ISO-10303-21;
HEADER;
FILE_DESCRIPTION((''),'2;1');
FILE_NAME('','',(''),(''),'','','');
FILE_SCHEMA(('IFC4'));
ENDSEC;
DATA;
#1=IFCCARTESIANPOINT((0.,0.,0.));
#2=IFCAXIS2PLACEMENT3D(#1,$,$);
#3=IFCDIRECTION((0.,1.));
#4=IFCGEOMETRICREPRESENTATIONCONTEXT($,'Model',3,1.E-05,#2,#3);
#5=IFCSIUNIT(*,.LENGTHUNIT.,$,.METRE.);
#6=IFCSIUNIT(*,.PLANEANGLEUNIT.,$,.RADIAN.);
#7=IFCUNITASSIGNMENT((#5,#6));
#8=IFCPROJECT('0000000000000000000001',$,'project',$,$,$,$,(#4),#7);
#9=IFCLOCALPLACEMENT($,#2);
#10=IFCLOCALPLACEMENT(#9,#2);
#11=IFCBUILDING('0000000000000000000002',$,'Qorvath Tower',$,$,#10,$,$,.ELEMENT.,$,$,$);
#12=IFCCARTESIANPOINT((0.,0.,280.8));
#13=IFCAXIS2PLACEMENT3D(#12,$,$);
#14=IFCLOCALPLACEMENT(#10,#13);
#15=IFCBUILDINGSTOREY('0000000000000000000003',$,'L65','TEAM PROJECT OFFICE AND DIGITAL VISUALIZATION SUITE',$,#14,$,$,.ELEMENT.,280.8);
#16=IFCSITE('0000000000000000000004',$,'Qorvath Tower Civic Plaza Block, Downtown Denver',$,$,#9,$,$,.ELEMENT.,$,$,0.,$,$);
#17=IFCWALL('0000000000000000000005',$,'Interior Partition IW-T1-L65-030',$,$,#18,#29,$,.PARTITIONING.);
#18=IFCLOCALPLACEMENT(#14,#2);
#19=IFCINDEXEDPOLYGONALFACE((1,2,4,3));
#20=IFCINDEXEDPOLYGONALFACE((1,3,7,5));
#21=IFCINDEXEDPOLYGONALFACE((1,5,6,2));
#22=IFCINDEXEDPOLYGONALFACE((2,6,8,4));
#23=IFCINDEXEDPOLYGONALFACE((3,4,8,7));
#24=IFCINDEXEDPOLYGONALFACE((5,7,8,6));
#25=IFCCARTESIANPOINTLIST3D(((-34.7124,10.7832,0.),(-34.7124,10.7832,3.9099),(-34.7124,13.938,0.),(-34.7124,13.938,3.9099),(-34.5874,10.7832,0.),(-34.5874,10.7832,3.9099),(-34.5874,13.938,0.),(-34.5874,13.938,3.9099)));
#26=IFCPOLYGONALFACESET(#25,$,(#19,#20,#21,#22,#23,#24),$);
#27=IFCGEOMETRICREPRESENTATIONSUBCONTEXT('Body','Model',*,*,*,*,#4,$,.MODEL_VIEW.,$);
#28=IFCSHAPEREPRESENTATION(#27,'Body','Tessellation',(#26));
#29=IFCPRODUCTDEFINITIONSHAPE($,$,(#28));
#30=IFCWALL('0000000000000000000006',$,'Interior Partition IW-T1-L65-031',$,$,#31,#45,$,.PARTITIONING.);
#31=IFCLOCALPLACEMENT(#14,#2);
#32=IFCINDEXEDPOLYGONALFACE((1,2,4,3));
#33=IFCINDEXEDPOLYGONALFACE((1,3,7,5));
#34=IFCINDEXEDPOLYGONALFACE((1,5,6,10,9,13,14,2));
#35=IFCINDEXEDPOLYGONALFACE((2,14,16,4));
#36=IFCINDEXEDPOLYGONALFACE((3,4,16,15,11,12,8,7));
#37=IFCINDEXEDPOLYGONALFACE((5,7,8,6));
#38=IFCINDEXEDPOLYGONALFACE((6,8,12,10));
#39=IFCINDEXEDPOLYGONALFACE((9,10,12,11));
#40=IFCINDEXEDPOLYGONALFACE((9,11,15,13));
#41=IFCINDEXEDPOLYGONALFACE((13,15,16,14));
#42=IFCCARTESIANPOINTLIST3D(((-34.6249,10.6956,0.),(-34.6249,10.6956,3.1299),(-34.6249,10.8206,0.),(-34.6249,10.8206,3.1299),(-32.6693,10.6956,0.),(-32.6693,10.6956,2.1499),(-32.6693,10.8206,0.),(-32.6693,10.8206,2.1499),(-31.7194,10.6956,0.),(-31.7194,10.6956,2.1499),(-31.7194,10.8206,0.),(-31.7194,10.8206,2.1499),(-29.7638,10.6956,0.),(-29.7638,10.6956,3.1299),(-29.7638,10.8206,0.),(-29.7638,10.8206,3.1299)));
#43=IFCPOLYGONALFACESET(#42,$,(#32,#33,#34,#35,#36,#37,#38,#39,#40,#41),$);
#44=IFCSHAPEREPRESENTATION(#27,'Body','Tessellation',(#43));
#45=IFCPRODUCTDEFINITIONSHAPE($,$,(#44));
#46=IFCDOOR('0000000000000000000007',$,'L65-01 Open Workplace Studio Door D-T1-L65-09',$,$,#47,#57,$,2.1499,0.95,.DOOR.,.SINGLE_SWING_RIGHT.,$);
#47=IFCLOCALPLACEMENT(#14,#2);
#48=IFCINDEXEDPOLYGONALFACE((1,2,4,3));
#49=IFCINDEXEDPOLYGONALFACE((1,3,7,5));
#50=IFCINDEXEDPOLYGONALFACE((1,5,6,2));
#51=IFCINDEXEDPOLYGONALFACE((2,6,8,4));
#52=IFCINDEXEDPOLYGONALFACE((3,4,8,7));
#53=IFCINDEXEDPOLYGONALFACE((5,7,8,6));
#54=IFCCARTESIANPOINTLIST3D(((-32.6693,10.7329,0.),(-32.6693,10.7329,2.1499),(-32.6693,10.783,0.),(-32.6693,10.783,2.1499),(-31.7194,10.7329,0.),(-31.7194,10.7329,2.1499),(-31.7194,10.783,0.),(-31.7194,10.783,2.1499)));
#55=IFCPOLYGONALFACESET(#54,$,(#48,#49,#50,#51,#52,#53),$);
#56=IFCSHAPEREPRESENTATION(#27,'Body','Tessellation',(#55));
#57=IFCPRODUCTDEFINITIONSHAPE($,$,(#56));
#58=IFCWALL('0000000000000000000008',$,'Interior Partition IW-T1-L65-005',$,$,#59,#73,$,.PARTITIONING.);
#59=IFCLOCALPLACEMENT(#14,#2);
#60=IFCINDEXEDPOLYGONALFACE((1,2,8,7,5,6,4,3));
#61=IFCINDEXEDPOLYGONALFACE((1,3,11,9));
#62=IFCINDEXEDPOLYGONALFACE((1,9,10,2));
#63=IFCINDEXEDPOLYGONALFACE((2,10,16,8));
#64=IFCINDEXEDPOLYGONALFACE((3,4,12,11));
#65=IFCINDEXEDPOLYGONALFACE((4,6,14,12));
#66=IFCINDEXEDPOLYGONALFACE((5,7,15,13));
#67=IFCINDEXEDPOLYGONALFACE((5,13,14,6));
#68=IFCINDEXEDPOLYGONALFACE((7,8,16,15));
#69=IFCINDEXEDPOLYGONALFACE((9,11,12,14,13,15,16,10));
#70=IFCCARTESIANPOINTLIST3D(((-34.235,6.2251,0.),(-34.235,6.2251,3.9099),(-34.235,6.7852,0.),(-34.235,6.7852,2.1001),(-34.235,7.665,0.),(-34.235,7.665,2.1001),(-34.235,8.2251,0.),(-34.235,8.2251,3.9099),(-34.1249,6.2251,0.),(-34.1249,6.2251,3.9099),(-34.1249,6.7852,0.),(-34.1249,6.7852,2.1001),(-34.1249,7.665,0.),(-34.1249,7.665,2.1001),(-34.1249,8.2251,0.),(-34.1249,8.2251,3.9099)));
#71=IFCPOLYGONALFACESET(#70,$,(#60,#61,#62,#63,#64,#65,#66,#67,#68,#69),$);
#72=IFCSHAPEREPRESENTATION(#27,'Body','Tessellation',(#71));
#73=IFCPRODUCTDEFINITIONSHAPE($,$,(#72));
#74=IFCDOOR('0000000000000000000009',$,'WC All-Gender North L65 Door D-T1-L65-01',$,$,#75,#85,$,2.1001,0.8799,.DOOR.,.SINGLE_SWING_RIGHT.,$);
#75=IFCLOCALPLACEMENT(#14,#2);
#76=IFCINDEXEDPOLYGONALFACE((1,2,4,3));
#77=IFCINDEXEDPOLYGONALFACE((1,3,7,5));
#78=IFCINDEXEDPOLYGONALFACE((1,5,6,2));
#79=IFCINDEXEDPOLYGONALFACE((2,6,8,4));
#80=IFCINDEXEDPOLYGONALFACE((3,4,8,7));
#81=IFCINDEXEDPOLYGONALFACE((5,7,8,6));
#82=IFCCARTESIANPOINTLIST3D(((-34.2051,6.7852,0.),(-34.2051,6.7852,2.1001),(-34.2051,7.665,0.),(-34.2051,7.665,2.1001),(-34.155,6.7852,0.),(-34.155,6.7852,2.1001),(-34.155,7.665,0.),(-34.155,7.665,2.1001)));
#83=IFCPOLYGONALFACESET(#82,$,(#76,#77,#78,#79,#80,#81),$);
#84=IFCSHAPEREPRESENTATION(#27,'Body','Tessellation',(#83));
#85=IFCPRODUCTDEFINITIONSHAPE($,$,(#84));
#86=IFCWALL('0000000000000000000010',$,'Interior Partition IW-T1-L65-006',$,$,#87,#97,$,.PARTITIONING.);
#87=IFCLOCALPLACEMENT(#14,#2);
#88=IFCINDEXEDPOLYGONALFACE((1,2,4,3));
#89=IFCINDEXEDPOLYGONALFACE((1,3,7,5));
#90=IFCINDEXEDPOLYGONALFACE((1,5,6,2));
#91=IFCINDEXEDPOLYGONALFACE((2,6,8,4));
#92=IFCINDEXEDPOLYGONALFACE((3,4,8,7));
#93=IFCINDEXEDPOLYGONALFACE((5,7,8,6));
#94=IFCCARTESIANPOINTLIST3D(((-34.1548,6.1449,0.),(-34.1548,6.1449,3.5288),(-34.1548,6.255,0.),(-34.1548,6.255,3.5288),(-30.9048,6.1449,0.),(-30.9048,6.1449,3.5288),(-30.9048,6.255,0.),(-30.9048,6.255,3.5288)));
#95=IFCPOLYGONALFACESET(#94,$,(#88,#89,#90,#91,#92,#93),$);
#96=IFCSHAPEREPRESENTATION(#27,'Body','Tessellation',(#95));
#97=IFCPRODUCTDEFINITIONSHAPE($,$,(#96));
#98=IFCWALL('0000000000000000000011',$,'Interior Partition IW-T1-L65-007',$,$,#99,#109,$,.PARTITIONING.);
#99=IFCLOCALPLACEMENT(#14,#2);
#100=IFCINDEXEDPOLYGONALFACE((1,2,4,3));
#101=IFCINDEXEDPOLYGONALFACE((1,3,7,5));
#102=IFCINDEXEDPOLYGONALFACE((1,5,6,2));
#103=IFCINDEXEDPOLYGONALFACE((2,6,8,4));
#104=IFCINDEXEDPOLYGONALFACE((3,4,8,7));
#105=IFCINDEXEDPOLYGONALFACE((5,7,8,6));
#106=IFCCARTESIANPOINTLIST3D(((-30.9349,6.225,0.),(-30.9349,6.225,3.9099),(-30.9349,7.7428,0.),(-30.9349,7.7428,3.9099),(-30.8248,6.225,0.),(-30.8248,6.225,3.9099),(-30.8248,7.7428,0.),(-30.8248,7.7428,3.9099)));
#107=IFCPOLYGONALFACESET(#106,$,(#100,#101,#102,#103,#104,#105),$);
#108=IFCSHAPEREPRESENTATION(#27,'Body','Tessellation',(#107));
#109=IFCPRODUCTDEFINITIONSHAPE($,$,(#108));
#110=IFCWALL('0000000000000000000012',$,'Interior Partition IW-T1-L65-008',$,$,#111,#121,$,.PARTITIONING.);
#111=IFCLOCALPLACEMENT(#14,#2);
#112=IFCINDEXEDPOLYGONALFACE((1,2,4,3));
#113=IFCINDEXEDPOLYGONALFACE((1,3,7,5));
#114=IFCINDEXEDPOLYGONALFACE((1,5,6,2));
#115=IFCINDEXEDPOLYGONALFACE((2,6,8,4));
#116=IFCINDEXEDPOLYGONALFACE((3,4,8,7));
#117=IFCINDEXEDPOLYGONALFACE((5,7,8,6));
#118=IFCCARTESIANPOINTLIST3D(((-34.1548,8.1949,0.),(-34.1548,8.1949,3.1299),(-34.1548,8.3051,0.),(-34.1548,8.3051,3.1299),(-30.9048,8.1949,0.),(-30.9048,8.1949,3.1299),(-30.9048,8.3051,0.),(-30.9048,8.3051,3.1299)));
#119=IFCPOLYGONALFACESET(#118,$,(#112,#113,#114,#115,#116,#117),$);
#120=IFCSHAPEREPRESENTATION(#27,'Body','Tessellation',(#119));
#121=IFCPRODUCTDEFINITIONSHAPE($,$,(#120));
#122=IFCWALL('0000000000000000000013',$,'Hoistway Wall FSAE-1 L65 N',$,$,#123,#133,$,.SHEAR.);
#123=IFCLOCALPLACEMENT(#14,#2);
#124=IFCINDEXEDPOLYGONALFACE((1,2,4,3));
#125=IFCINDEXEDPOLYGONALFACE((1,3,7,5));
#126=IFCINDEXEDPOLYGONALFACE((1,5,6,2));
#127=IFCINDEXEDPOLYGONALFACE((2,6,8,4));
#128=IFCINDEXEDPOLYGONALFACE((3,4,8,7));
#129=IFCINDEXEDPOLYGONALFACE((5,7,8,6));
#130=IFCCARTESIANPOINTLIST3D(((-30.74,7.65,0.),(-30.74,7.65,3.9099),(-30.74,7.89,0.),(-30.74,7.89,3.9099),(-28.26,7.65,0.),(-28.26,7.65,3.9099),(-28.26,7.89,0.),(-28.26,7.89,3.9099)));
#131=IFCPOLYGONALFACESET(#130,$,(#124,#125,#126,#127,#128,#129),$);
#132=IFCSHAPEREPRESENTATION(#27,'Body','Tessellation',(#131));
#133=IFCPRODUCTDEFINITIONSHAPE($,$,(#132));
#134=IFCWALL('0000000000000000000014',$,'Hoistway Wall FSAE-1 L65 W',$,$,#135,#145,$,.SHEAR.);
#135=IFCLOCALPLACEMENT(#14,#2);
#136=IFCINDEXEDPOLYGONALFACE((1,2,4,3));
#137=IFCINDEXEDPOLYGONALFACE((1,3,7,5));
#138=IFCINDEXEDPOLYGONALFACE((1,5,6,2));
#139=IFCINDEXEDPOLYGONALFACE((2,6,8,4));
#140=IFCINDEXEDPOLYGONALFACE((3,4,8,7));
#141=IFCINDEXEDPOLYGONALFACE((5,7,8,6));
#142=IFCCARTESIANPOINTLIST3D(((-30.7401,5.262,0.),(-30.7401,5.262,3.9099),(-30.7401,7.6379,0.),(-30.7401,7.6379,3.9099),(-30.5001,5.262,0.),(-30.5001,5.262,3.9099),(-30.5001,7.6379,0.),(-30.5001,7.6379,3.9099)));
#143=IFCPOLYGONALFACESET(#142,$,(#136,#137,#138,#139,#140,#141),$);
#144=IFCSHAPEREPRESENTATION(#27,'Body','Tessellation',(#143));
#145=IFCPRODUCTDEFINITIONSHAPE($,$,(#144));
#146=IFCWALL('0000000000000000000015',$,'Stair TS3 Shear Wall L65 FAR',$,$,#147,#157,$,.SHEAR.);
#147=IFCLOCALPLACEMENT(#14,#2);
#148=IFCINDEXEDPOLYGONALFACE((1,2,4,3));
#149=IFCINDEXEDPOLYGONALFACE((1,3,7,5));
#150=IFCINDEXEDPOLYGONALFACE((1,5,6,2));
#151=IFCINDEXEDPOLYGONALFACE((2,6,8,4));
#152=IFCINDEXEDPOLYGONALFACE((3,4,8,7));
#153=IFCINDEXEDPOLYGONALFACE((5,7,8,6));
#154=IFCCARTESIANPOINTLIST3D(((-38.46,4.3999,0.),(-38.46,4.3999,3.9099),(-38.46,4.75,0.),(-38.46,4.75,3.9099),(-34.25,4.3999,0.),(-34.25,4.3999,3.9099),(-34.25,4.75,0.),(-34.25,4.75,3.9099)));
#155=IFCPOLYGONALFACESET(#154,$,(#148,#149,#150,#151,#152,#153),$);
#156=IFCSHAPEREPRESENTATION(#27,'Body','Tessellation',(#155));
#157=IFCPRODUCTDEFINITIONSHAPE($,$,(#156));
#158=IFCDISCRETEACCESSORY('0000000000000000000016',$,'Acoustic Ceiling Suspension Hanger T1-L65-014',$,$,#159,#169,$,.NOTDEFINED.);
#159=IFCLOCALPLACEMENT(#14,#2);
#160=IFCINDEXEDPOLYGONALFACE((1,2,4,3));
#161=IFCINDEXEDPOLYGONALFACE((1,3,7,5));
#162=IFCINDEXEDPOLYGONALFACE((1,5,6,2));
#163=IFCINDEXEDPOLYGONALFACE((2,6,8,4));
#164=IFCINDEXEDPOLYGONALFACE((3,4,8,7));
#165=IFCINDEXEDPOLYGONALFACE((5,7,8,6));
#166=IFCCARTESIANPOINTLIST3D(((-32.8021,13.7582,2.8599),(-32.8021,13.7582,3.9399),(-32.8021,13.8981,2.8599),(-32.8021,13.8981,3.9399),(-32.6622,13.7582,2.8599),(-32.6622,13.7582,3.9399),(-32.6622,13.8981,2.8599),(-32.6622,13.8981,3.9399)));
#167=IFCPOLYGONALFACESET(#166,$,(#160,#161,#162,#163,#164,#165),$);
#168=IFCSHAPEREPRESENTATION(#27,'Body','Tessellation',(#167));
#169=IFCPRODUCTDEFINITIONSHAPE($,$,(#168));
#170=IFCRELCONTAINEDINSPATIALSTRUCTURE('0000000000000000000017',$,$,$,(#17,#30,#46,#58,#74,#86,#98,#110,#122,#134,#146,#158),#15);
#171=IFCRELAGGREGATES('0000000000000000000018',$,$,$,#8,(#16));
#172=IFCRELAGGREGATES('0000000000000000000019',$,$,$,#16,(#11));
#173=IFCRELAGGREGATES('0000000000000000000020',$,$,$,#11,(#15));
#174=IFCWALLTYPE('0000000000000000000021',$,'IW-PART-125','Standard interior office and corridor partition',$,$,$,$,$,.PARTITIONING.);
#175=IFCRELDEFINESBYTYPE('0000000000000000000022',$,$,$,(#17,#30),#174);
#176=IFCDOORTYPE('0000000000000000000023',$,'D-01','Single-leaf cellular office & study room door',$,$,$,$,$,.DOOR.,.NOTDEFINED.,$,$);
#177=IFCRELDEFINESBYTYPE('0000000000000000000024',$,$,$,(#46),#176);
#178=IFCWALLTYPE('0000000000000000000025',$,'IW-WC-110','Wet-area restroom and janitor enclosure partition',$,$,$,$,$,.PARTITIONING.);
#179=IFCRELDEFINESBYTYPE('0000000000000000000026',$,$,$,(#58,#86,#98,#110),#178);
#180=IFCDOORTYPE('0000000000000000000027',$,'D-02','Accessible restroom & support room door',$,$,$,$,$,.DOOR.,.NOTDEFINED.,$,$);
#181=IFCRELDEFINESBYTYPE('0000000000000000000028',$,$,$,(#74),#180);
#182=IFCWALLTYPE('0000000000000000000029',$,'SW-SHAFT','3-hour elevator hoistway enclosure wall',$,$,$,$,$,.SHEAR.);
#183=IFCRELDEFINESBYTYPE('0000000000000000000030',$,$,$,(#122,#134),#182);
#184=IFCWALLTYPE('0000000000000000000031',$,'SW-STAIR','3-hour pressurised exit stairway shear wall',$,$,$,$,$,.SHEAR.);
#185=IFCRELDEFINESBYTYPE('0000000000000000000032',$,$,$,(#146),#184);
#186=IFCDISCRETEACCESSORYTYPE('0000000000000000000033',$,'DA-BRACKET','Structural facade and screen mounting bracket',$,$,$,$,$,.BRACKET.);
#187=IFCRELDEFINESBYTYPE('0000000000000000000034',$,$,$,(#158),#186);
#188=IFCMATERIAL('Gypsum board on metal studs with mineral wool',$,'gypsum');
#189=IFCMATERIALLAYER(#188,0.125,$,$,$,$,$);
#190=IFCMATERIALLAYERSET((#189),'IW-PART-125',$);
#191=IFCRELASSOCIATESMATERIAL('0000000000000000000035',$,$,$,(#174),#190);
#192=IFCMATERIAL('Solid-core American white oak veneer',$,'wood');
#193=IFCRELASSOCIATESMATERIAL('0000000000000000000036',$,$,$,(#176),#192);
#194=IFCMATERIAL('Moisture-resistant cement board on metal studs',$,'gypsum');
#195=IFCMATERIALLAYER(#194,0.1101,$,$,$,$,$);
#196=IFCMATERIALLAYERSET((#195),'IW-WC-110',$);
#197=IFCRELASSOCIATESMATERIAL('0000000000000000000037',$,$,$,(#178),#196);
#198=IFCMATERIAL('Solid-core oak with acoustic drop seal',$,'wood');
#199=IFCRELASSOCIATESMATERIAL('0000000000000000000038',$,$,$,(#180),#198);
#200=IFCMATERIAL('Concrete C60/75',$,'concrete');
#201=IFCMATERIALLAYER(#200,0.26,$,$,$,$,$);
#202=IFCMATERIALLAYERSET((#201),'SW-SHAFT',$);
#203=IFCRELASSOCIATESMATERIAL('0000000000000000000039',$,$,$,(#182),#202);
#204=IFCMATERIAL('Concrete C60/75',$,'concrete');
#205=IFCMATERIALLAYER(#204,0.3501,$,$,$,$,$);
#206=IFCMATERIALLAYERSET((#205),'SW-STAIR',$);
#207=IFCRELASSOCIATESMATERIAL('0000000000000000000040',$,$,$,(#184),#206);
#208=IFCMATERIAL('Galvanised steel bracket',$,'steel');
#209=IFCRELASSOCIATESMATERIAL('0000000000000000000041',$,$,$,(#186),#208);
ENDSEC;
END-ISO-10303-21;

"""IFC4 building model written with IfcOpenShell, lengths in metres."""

from ifc_helpers import new_model, si_unit, direction, frame, frame_2d, origin, origin_2d, place, context, subcontext, project, spatial, rectangle, extrude, material, layer, layer_set, type_object, element, fill, save


model = new_model("IFC4")

# Units and contexts
model_context = context("Model", 3, precision=1e-05, world=origin(), true_north=direction((0.0, 1.0)))
body_context = subcontext(model_context, "Body", "Model", "MODEL_VIEW")
ifc_project = project(units=[si_unit("LENGTHUNIT", "METRE"), si_unit("PLANEANGLEUNIT", "RADIAN")], contexts=[model_context])

# Site, building, storey
site_placement = place(None, origin())
site = spatial("IfcSite", under=ifc_project, at=site_placement, Name="Qorvath Tower Civic Plaza Block, Downtown Denver", CompositionType="ELEMENT", RefElevation=0.0)
building_placement = place(site_placement, origin())
building = spatial("IfcBuilding", under=site, at=building_placement, Name="Qorvath Tower", CompositionType="ELEMENT")
storey_placement = place(building_placement, frame((0.0, 0.0, 280.8)))
storey = spatial("IfcBuildingStorey", under=building, at=storey_placement, Name="L65", Description="TEAM PROJECT OFFICE AND DIGITAL VISUALIZATION SUITE", CompositionType="ELEMENT", Elevation=280.8)

# Wall
ifc_material_1 = material(Name="Gypsum board on metal studs with mineral wool", Category="gypsum")
ifc_layer_1 = layer(ifc_material_1, 0.125)
ifc_layer_set_1 = layer_set([ifc_layer_1], Name="IW-PART-125")
wall_type_1 = type_object("IfcWallType", Name="IW-PART-125", Description="Standard interior office and corridor partition", PredefinedType="PARTITIONING", material=ifc_layer_set_1)
wall_1_placement = place(storey_placement, frame((-34.6499, 13.938, 0.0), z_axis=(0.0, 0.0, 1.0), x_axis=(0.0, -1.0, 0.0)))
element("IfcWall", 1, at=wall_1_placement, inside=storey, type_object=wall_type_1, Name="Interior Partition IW-T1-L65-030", PredefinedType="PARTITIONING", context=body_context, shape_type="SweptSolid", body=[
    extrude(rectangle(XDim=3.1548, YDim=0.125, at=frame_2d((1.5774, 0.0))), origin(), (0.0, 0.0, 1.0), 3.9099),
])

# Walls, openings, doors
wall_2_placement = place(storey_placement, frame((-34.625, 10.7581, 0.0), z_axis=(0.0, 0.0, 1.0), x_axis=(1.0, 0.0, 0.0)))
wall_2 = element("IfcWall", 2, at=wall_2_placement, inside=storey, type_object=wall_type_1, Name="Interior Partition IW-T1-L65-031", PredefinedType="PARTITIONING", context=body_context, shape_type="SweptSolid", body=[
    extrude(rectangle(XDim=4.8611, YDim=0.125, at=frame_2d((2.4307, 0.0))), origin(), (0.0, 0.0, 1.0), 3.1299),
])
opening_1_placement = place(wall_2_placement, frame((1.9556, 0.0, 0.0)))
opening_1 = element("IfcOpeningElement", 3, at=opening_1_placement, cuts=wall_2, PredefinedType="OPENING", context=body_context, shape_type="SweptSolid", body=[
    extrude(rectangle(XDim=0.95, YDim=2.1499, at=frame_2d((0.4751, 1.075))), frame((0.0, 0.0725, 0.0), z_axis=(0.0, -1.0, 0.0), x_axis=(1.0, 0.0, 0.0)), (0.0, 0.0, 1.0), 0.145),
])
ifc_material_2 = material(Name="Solid-core American white oak veneer", Category="wood")
door_type_1 = type_object("IfcDoorType", Name="D-01", Description="Single-leaf cellular office & study room door", OperationType="NOTDEFINED", PredefinedType="DOOR", material=ifc_material_2)
door_1_placement = place(opening_1_placement, origin())
door_1 = element("IfcDoor", 4, at=door_1_placement, inside=storey, type_object=door_type_1, Name="L65-01 Open Workplace Studio Door D-T1-L65-09", OperationType="SINGLE_SWING_RIGHT", OverallHeight=2.1499, OverallWidth=0.95, PredefinedType="DOOR", context=body_context, shape_type="SweptSolid", body=[
    extrude(rectangle(XDim=0.95, YDim=2.1499, at=frame_2d((0.4751, 1.075))), frame((0.0, 0.0249, 0.0), z_axis=(0.0, -1.0, 0.0), x_axis=(1.0, 0.0, 0.0)), (0.0, 0.0, 1.0), 0.05),
])
fill(opening_1, door_1)
ifc_material_3 = material(Name="Moisture-resistant cement board on metal studs", Category="gypsum")
ifc_layer_2 = layer(ifc_material_3, 0.1101)
ifc_layer_set_2 = layer_set([ifc_layer_2], Name="IW-WC-110")
wall_type_2 = type_object("IfcWallType", Name="IW-WC-110", Description="Wet-area restroom and janitor enclosure partition", PredefinedType="PARTITIONING", material=ifc_layer_set_2)
wall_3_placement = place(storey_placement, frame((-34.1799, 8.2251, 0.0), z_axis=(0.0, 0.0, 1.0), x_axis=(0.0, -1.0, 0.0)))
wall_3 = element("IfcWall", 5, at=wall_3_placement, inside=storey, type_object=wall_type_2, Name="Interior Partition IW-T1-L65-005", PredefinedType="PARTITIONING", context=body_context, shape_type="SweptSolid", body=[
    extrude(rectangle(XDim=2.0, YDim=0.1101, at=frame_2d((1.0, 0.0))), origin(), (0.0, 0.0, 1.0), 3.9099),
])
opening_2_placement = place(wall_3_placement, frame((0.5601, 0.0, 0.0)))
opening_2 = element("IfcOpeningElement", 6, at=opening_2_placement, cuts=wall_3, PredefinedType="OPENING", context=body_context, shape_type="SweptSolid", body=[
    extrude(rectangle(XDim=0.8799, YDim=2.1001, at=frame_2d((0.4399, 1.05))), frame((0.0, 0.0649, 0.0), z_axis=(0.0, -1.0, 0.0), x_axis=(1.0, 0.0, 0.0)), (0.0, 0.0, 1.0), 0.1301),
])
ifc_material_4 = material(Name="Solid-core oak with acoustic drop seal", Category="wood")
door_type_2 = type_object("IfcDoorType", Name="D-02", Description="Accessible restroom & support room door", OperationType="NOTDEFINED", PredefinedType="DOOR", material=ifc_material_4)
door_2_placement = place(opening_2_placement, origin())
door_2 = element("IfcDoor", 7, at=door_2_placement, inside=storey, type_object=door_type_2, Name="WC All-Gender North L65 Door D-T1-L65-01", OperationType="SINGLE_SWING_RIGHT", OverallHeight=2.1001, OverallWidth=0.8799, PredefinedType="DOOR", context=body_context, shape_type="SweptSolid", body=[
    extrude(rectangle(XDim=0.8799, YDim=2.1001, at=frame_2d((0.4399, 1.05))), frame((0.0, 0.0249, 0.0), z_axis=(0.0, -1.0, 0.0), x_axis=(1.0, 0.0, 0.0)), (0.0, 0.0, 1.0), 0.05),
])
fill(opening_2, door_2)

# Walls
wall_4_placement = place(storey_placement, frame((-34.1548, 6.2, 0.0), z_axis=(0.0, 0.0, 1.0), x_axis=(1.0, 0.0, 0.0)))
element("IfcWall", 8, at=wall_4_placement, inside=storey, type_object=wall_type_2, Name="Interior Partition IW-T1-L65-006", PredefinedType="PARTITIONING", context=body_context, shape_type="SweptSolid", body=[
    extrude(rectangle(XDim=3.25, YDim=0.1101, at=frame_2d((1.625, 0.0))), origin(), (0.0, 0.0, 1.0), 3.5288),
])
wall_5_placement = place(storey_placement, frame((-30.8799, 6.2251, 0.0), z_axis=(0.0, 0.0, 1.0), x_axis=(0.0, 1.0, 0.0)))
element("IfcWall", 9, at=wall_5_placement, inside=storey, type_object=wall_type_2, Name="Interior Partition IW-T1-L65-007", PredefinedType="PARTITIONING", context=body_context, shape_type="SweptSolid", body=[
    extrude(rectangle(XDim=1.5178, YDim=0.1101, at=frame_2d((0.7588, 0.0))), origin(), (0.0, 0.0, 1.0), 3.9099),
])
wall_6_placement = place(storey_placement, frame((-30.9048, 8.25, 0.0), z_axis=(0.0, 0.0, 1.0), x_axis=(-1.0, 0.0, 0.0)))
element("IfcWall", 10, at=wall_6_placement, inside=storey, type_object=wall_type_2, Name="Interior Partition IW-T1-L65-008", PredefinedType="PARTITIONING", context=body_context, shape_type="SweptSolid", body=[
    extrude(rectangle(XDim=3.25, YDim=0.1101, at=frame_2d((1.625, 0.0))), origin(), (0.0, 0.0, 1.0), 3.1299),
])
ifc_material_5 = material(Name="Concrete C60/75", Category="concrete")
ifc_layer_3 = layer(ifc_material_5, 0.26)
ifc_layer_set_3 = layer_set([ifc_layer_3], Name="SW-SHAFT")
wall_type_3 = type_object("IfcWallType", Name="SW-SHAFT", Description="3-hour elevator hoistway enclosure wall", PredefinedType="SHEAR", material=ifc_layer_set_3)
wall_7_placement = place(storey_placement, frame((-30.74, 7.77, 0.0), z_axis=(0.0, 0.0, 1.0), x_axis=(1.0, 0.0, 0.0)))
element("IfcWall", 11, at=wall_7_placement, inside=storey, type_object=wall_type_3, Name="Hoistway Wall FSAE-1 L65 N", PredefinedType="SHEAR", context=body_context, shape_type="SweptSolid", body=[
    extrude(rectangle(XDim=2.48, YDim=0.24, at=frame_2d((1.24, 0.0))), origin(), (0.0, 0.0, 1.0), 3.9099),
])
wall_8_placement = place(storey_placement, frame((-30.6201, 5.262, 0.0), z_axis=(0.0, 0.0, 1.0), x_axis=(0.0, 1.0, 0.0)))
element("IfcWall", 12, at=wall_8_placement, inside=storey, type_object=wall_type_3, Name="Hoistway Wall FSAE-1 L65 W", PredefinedType="SHEAR", context=body_context, shape_type="SweptSolid", body=[
    extrude(rectangle(XDim=2.376, YDim=0.24, at=frame_2d((1.188, 0.0))), origin(), (0.0, 0.0, 1.0), 3.9099),
])
ifc_material_6 = material(Name="Concrete C60/75", Category="concrete")
ifc_layer_4 = layer(ifc_material_6, 0.3501)
ifc_layer_set_4 = layer_set([ifc_layer_4], Name="SW-STAIR")
wall_type_4 = type_object("IfcWallType", Name="SW-STAIR", Description="3-hour pressurised exit stairway shear wall", PredefinedType="SHEAR", material=ifc_layer_set_4)
wall_9_placement = place(storey_placement, frame((-34.25, 4.575, 0.0), z_axis=(0.0, 0.0, 1.0), x_axis=(-1.0, 0.0, 0.0)))
element("IfcWall", 13, at=wall_9_placement, inside=storey, type_object=wall_type_4, Name="Stair TS3 Shear Wall L65 FAR", PredefinedType="SHEAR", context=body_context, shape_type="SweptSolid", body=[
    extrude(rectangle(XDim=4.21, YDim=0.3501, at=frame_2d((2.105, 0.0))), origin(), (0.0, 0.0, 1.0), 3.9099),
])

# Discrete accessory
ifc_material_7 = material(Name="Galvanised steel bracket", Category="steel")
discrete_accessory_type = type_object("IfcDiscreteAccessoryType", Name="DA-BRACKET", Description="Structural facade and screen mounting bracket", PredefinedType="BRACKET", material=ifc_material_7)
discrete_accessory_placement = place(storey_placement, frame((-32.7322, 13.8281, 2.8599), z_axis=(0.0, 0.0, 1.0), x_axis=(1.0, 0.0, 0.0)))
element("IfcDiscreteAccessory", 14, at=discrete_accessory_placement, inside=storey, type_object=discrete_accessory_type, Name="Acoustic Ceiling Suspension Hanger T1-L65-014", PredefinedType="NOTDEFINED", context=body_context, shape_type="SweptSolid", body=[
    extrude(rectangle(XDim=0.1399, YDim=0.1399, at=origin_2d()), origin(), (0.0, 0.0, 1.0), 1.0801),
])

save(model, "model.ifc")
